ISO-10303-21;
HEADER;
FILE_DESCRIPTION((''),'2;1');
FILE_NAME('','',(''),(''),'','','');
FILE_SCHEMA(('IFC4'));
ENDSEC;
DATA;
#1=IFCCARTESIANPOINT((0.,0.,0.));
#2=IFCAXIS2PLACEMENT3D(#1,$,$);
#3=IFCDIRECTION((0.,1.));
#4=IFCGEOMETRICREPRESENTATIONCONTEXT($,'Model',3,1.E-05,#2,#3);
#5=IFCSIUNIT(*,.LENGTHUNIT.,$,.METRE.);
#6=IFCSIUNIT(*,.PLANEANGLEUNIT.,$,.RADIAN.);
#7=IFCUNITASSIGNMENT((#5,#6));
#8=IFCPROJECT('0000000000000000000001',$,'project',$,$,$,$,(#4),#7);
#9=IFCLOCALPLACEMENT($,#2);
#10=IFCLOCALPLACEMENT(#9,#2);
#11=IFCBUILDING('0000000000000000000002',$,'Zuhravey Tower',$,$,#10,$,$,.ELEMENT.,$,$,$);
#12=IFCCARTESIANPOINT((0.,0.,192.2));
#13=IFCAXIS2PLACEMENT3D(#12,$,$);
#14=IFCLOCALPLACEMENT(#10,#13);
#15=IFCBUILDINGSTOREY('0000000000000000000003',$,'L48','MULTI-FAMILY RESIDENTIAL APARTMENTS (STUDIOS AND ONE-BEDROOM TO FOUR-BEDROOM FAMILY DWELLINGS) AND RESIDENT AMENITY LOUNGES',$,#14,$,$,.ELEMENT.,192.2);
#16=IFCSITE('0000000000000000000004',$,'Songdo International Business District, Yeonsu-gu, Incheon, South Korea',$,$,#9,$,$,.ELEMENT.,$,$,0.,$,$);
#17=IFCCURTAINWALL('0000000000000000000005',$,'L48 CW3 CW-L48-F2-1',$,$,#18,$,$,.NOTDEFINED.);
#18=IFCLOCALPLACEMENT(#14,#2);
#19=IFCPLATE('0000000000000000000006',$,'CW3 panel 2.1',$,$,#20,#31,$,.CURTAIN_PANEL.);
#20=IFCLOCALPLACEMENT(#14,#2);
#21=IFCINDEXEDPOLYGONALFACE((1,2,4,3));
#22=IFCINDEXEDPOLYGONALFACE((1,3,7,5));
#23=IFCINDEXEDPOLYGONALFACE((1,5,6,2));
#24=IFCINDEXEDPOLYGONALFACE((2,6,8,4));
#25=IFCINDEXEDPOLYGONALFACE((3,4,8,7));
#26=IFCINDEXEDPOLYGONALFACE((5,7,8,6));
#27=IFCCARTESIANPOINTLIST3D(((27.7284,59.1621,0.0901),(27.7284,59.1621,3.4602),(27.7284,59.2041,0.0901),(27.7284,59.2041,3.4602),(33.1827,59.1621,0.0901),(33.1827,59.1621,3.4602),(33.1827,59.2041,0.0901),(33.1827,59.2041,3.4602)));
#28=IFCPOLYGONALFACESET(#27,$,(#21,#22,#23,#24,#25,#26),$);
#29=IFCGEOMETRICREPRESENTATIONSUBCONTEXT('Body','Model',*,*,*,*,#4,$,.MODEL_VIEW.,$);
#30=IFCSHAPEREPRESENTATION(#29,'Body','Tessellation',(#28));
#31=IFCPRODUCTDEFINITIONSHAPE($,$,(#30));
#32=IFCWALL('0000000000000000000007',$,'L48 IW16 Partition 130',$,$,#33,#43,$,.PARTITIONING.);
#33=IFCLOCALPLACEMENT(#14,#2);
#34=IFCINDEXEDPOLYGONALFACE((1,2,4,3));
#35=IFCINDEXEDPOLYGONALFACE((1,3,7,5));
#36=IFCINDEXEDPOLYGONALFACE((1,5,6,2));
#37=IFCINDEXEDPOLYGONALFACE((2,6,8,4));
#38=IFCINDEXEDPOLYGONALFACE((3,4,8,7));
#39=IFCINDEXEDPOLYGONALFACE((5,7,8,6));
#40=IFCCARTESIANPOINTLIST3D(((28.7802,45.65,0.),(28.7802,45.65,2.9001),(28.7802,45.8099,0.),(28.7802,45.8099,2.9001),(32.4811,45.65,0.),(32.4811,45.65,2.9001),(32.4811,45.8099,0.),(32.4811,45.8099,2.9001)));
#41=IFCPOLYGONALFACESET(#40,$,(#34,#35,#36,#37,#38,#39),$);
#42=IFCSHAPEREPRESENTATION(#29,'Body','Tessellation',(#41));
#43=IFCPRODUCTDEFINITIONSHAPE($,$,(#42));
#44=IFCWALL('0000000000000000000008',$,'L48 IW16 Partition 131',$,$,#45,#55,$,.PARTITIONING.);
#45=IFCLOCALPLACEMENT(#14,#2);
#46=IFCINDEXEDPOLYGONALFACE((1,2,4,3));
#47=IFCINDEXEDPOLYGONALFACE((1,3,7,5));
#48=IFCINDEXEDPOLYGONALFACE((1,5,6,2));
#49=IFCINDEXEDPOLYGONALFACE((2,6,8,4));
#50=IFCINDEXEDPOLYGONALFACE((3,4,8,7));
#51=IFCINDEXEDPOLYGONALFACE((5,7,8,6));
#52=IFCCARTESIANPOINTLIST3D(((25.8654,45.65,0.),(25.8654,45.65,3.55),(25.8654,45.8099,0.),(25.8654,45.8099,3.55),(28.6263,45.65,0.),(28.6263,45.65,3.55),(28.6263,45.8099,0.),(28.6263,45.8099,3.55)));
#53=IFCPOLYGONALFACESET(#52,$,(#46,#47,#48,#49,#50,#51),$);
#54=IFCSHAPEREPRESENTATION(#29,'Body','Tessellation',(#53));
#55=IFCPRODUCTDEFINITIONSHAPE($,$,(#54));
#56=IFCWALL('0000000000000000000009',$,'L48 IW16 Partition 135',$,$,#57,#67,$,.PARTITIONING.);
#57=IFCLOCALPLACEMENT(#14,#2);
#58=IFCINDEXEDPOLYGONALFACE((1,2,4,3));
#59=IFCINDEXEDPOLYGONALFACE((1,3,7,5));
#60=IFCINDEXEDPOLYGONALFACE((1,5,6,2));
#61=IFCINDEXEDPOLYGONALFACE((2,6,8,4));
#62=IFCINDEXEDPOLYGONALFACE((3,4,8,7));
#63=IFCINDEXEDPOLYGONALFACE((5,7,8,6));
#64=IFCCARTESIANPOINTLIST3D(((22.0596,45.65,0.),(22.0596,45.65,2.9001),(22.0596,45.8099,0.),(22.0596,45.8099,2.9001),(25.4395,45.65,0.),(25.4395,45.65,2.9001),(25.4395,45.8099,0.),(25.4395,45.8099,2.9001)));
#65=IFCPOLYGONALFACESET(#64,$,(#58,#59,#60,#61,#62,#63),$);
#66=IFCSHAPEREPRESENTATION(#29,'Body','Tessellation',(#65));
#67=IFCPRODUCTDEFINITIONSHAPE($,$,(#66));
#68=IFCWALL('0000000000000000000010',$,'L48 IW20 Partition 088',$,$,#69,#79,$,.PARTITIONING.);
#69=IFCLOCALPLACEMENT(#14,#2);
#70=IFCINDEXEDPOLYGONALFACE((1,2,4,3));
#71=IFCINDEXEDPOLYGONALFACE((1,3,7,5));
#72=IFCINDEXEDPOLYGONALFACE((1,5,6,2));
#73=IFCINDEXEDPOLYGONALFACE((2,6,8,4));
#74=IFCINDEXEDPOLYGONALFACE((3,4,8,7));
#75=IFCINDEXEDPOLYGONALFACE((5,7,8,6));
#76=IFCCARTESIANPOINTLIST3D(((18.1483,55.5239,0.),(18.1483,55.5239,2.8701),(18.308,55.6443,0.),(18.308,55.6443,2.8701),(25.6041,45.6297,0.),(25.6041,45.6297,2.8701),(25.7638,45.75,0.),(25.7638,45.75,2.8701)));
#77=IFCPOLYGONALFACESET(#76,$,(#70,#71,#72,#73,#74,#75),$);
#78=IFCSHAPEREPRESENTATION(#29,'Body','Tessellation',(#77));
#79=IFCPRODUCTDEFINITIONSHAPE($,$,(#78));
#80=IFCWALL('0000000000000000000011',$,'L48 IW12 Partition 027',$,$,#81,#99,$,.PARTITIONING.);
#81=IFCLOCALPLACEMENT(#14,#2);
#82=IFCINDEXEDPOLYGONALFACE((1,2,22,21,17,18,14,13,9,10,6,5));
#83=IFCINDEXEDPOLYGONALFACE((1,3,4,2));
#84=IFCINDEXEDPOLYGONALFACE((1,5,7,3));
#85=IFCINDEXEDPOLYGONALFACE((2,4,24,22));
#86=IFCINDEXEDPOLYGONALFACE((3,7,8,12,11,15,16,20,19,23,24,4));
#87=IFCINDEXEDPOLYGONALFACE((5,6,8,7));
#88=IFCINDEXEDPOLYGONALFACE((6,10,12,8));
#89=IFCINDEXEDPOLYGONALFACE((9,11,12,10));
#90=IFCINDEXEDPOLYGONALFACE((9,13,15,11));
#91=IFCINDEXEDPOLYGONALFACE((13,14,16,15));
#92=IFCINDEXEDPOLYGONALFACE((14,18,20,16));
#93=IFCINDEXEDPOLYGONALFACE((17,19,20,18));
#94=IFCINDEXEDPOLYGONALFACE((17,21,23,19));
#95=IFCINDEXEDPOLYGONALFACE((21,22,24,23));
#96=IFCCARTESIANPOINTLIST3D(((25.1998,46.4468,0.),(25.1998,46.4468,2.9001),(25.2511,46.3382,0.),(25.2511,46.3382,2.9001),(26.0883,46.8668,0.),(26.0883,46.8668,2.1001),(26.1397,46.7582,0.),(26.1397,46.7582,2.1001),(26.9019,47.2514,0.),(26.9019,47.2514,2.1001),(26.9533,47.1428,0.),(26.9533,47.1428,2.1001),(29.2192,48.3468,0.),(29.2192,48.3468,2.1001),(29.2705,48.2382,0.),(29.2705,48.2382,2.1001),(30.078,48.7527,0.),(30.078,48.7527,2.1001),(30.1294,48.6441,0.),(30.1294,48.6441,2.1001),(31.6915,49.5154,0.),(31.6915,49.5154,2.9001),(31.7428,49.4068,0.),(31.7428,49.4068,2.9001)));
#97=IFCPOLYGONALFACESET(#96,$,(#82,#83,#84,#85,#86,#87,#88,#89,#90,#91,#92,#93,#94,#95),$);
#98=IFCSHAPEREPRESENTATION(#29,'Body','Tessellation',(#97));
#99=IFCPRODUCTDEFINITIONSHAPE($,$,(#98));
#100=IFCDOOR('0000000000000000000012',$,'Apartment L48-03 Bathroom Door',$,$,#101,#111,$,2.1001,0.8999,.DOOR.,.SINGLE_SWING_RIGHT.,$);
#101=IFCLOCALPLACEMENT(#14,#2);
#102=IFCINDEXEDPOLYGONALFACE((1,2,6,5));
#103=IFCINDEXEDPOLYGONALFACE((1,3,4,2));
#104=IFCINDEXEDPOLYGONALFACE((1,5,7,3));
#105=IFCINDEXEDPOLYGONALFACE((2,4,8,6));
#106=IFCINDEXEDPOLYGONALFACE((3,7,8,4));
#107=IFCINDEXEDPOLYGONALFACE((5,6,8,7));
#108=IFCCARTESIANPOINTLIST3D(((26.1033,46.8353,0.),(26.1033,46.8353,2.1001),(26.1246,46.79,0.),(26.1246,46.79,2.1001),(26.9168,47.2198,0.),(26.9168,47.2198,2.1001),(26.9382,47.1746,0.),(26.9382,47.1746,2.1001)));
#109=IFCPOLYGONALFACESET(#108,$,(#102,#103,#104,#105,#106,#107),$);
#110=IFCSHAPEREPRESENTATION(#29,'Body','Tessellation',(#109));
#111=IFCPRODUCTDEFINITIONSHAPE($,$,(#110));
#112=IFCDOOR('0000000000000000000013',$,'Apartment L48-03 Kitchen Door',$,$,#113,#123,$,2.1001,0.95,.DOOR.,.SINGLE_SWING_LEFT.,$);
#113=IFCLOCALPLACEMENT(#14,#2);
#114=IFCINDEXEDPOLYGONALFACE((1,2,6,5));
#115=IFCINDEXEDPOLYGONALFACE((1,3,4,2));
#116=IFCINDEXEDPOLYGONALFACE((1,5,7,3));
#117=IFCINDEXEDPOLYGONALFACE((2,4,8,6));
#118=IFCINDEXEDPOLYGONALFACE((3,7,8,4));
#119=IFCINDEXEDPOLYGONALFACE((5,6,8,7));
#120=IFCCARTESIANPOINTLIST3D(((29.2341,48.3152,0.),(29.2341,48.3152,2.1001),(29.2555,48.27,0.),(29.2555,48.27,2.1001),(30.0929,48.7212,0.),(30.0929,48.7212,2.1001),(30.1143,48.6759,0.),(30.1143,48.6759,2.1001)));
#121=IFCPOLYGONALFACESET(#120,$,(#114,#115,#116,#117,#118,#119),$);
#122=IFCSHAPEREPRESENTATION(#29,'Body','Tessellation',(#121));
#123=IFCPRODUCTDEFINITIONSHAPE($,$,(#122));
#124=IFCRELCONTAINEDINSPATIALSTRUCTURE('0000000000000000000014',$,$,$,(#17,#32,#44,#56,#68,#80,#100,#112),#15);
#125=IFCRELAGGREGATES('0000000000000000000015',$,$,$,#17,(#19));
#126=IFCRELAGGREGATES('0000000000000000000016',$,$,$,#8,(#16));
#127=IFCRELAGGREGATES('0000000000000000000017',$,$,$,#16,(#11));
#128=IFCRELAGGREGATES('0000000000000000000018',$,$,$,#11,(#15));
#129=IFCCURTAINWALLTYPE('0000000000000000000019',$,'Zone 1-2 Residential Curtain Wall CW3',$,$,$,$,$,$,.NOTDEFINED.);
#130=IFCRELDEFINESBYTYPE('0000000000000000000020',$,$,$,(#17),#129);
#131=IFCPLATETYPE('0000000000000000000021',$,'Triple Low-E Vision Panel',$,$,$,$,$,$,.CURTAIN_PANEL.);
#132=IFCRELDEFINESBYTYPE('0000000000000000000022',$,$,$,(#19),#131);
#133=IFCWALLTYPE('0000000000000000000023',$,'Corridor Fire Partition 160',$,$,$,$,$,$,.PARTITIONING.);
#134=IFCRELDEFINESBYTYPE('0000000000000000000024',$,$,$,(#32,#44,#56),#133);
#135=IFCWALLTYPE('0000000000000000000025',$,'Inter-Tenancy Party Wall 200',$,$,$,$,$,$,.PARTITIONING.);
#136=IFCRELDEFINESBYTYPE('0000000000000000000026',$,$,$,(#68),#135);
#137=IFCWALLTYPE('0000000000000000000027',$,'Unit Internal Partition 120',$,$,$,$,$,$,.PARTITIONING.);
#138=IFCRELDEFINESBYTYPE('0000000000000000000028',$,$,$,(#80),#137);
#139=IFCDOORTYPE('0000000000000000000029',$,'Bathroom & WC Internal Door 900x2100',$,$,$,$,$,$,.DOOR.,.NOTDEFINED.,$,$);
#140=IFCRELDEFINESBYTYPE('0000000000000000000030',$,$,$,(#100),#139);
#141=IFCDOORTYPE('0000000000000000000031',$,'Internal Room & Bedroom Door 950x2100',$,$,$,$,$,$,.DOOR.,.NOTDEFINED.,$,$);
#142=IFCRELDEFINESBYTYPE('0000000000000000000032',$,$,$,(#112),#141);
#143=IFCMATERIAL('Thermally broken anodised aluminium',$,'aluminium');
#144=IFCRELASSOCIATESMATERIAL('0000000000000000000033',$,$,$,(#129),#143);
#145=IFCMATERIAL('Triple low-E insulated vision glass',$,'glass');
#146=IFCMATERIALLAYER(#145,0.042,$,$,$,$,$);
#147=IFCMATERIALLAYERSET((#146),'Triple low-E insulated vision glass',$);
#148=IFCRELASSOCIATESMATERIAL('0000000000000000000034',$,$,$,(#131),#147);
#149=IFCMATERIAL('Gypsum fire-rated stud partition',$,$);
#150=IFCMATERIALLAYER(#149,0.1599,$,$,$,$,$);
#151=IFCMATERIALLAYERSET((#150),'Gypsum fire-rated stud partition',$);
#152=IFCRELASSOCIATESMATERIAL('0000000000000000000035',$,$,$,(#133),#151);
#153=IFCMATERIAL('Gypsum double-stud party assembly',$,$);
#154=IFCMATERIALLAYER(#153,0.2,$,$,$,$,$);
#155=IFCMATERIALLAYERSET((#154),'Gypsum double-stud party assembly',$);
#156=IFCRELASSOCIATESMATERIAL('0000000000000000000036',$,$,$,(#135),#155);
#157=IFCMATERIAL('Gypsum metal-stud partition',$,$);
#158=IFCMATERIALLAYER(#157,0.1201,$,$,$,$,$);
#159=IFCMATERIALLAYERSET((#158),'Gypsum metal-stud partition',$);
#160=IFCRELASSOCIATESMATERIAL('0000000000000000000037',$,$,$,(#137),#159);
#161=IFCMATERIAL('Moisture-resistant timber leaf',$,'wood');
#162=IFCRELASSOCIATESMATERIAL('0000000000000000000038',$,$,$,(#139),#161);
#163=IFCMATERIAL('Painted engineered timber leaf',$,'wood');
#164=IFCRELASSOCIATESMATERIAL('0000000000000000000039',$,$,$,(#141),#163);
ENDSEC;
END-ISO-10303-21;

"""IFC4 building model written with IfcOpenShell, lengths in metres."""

from ifc_helpers import new_model, si_unit, direction, frame, frame_2d, origin, origin_2d, place, context, subcontext, project, spatial, rectangle, extrude, material, layer, layer_set, type_object, element, fill, aggregate, save


model = new_model("IFC4")

# Units and contexts
model_context = context("Model", 3, precision=1e-05, world=origin(), true_north=direction((0.0, 1.0)))
body_context = subcontext(model_context, "Body", "Model", "MODEL_VIEW")
ifc_project = project(units=[si_unit("LENGTHUNIT", "METRE"), si_unit("PLANEANGLEUNIT", "RADIAN")], contexts=[model_context])

# Site, building, storey
site_placement = place(None, origin())
site = spatial("IfcSite", under=ifc_project, at=site_placement, Name="Songdo International Business District, Yeonsu-gu, Incheon, South Korea", CompositionType="ELEMENT", RefElevation=0.0)
building_placement = place(site_placement, origin())
building = spatial("IfcBuilding", under=site, at=building_placement, Name="Zuhravey Tower", CompositionType="ELEMENT")
storey_placement = place(building_placement, frame((0.0, 0.0, 192.2)))
storey = spatial("IfcBuildingStorey", under=building, at=storey_placement, Name="L48", Description="MULTI-FAMILY RESIDENTIAL APARTMENTS (STUDIOS AND ONE-BEDROOM TO FOUR-BEDROOM FAMILY DWELLINGS) AND RESIDENT AMENITY LOUNGES", CompositionType="ELEMENT", Elevation=192.2)

# Curtain wall
ifc_material_1 = material(Name="Thermally broken anodised aluminium", Category="aluminium")
curtain_wall_type = type_object("IfcCurtainWallType", Name="Zone 1-2 Residential Curtain Wall CW3", PredefinedType="NOTDEFINED", material=ifc_material_1)
curtain_wall_placement = place(storey_placement, origin())
curtain_wall = element("IfcCurtainWall", 1, at=curtain_wall_placement, inside=storey, type_object=curtain_wall_type, Name="L48 CW3 CW-L48-F2-1", PredefinedType="NOTDEFINED")

# Plate
ifc_material_2 = material(Name="Triple low-E insulated vision glass", Category="glass")
ifc_layer_1 = layer(ifc_material_2, 0.042)
ifc_layer_set_1 = layer_set([ifc_layer_1], Name="Triple low-E insulated vision glass")
plate_type_1 = type_object("IfcPlateType", Name="Triple Low-E Vision Panel", PredefinedType="CURTAIN_PANEL", material=ifc_layer_set_1)
plate_1_placement = place(storey_placement, frame((30.4556, 59.1831, 0.0901), z_axis=(0.0, 0.0, 1.0), x_axis=(1.0, 0.0, 0.0)))
plate_1 = element("IfcPlate", 2, at=plate_1_placement, type_object=plate_type_1, Name="CW3 panel 2.1", PredefinedType="CURTAIN_PANEL", context=body_context, shape_type="SweptSolid", body=[
    extrude(rectangle(XDim=5.4543, YDim=0.042, at=origin_2d()), origin(), (0.0, 0.0, 1.0), 3.3701),
])
aggregate(curtain_wall, [plate_1])

# Walls
ifc_material_3 = material(Name="Gypsum fire-rated stud partition")
ifc_layer_2 = layer(ifc_material_3, 0.1599)
ifc_layer_set_2 = layer_set([ifc_layer_2], Name="Gypsum fire-rated stud partition")
wall_type_1 = type_object("IfcWallType", Name="Corridor Fire Partition 160", PredefinedType="PARTITIONING", material=ifc_layer_set_2)
wall_1_placement = place(storey_placement, frame((32.4812, 45.73, 0.0), z_axis=(0.0, 0.0, 1.0), x_axis=(-1.0, 0.0, 0.0)))
element("IfcWall", 3, at=wall_1_placement, inside=storey, type_object=wall_type_1, Name="L48 IW16 Partition 130", PredefinedType="PARTITIONING", context=body_context, shape_type="SweptSolid", body=[
    extrude(rectangle(XDim=3.7009, YDim=0.1599, at=frame_2d((1.8506, 0.0))), origin(), (0.0, 0.0, 1.0), 2.9001),
])
wall_2_placement = place(storey_placement, frame((28.6262, 45.73, 0.0), z_axis=(0.0, 0.0, 1.0), x_axis=(-1.0, 0.0, 0.0)))
element("IfcWall", 4, at=wall_2_placement, inside=storey, type_object=wall_type_1, Name="L48 IW16 Partition 131", PredefinedType="PARTITIONING", context=body_context, shape_type="SweptSolid", body=[
    extrude(rectangle(XDim=2.761, YDim=0.1599, at=frame_2d((1.3804, 0.0))), origin(), (0.0, 0.0, 1.0), 3.55),
])
wall_3_placement = place(storey_placement, frame((25.4395, 45.73, 0.0), z_axis=(0.0, 0.0, 1.0), x_axis=(-1.0, 0.0, 0.0)))
element("IfcWall", 5, at=wall_3_placement, inside=storey, type_object=wall_type_1, Name="L48 IW16 Partition 135", PredefinedType="PARTITIONING", context=body_context, shape_type="SweptSolid", body=[
    extrude(rectangle(XDim=3.3799, YDim=0.1599, at=frame_2d((1.6899, 0.0))), origin(), (0.0, 0.0, 1.0), 2.9001),
])
ifc_material_4 = material(Name="Gypsum double-stud party assembly")
ifc_layer_3 = layer(ifc_material_4, 0.2)
ifc_layer_set_3 = layer_set([ifc_layer_3], Name="Gypsum double-stud party assembly")
wall_type_2 = type_object("IfcWallType", Name="Inter-Tenancy Party Wall 200", PredefinedType="PARTITIONING", material=ifc_layer_set_3)
wall_4_placement = place(storey_placement, frame((25.6838, 45.6899, 0.0), z_axis=(0.0, 0.0, 1.0), x_axis=(-0.601811, 0.798638, 0.0)))
element("IfcWall", 6, at=wall_4_placement, inside=storey, type_object=wall_type_2, Name="L48 IW20 Partition 088", PredefinedType="PARTITIONING", context=body_context, shape_type="SweptSolid", body=[
    extrude(rectangle(XDim=12.3889, YDim=0.2, at=frame_2d((6.1943, 0.0))), origin(), (0.0, 0.0, 1.0), 2.8701),
])

# Wall, openings, doors
ifc_material_5 = material(Name="Gypsum metal-stud partition")
ifc_layer_4 = layer(ifc_material_5, 0.1201)
ifc_layer_set_4 = layer_set([ifc_layer_4], Name="Gypsum metal-stud partition")
wall_type_3 = type_object("IfcWallType", Name="Unit Internal Partition 120", PredefinedType="PARTITIONING", material=ifc_layer_set_4)
wall_5_placement = place(storey_placement, frame((31.7173, 49.4612, 0.0), z_axis=(0.0, 0.0, 1.0), x_axis=(-0.904083, -0.427357, 0.0)))
wall_5 = element("IfcWall", 7, at=wall_5_placement, inside=storey, type_object=wall_type_3, Name="L48 IW12 Partition 027", PredefinedType="PARTITIONING", context=body_context, shape_type="SweptSolid", body=[
    extrude(rectangle(XDim=7.1804, YDim=0.1201, at=frame_2d((3.5903, 0.0))), origin(), (0.0, 0.0, 1.0), 2.9001),
])
opening_1_placement = place(wall_5_placement, frame((1.7847, 0.0, 0.0)))
opening_1 = element("IfcOpeningElement", 8, at=opening_1_placement, cuts=wall_5, PredefinedType="OPENING", context=body_context, shape_type="SweptSolid", body=[
    extrude(rectangle(XDim=0.95, YDim=2.1001, at=frame_2d((0.4751, 1.05))), frame((0.0, 0.072, 0.0), z_axis=(0.0, -1.0, 0.0), x_axis=(1.0, 0.0, 0.0)), (0.0, 0.0, 1.0), 0.144),
])
opening_2_placement = place(wall_5_placement, frame((5.2979, 0.0, 0.0)))
opening_2 = element("IfcOpeningElement", 9, at=opening_2_placement, cuts=wall_5, PredefinedType="OPENING", context=body_context, shape_type="SweptSolid", body=[
    extrude(rectangle(XDim=0.8999, YDim=2.1001, at=frame_2d((0.45, 1.05))), frame((0.0, 0.072, 0.0), z_axis=(0.0, -1.0, 0.0), x_axis=(1.0, 0.0, 0.0)), (0.0, 0.0, 1.0), 0.144),
])
ifc_material_6 = material(Name="Moisture-resistant timber leaf", Category="wood")
door_type_1 = type_object("IfcDoorType", Name="Bathroom & WC Internal Door 900x2100", OperationType="NOTDEFINED", PredefinedType="DOOR", material=ifc_material_6)
door_1_placement = place(opening_2_placement, origin())
door_1 = element("IfcDoor", 10, at=door_1_placement, inside=storey, type_object=door_type_1, Name="Apartment L48-03 Bathroom Door", OperationType="SINGLE_SWING_RIGHT", OverallHeight=2.1001, OverallWidth=0.8999, PredefinedType="DOOR", context=body_context, shape_type="SweptSolid", body=[
    extrude(rectangle(XDim=0.8999, YDim=2.1001, at=frame_2d((0.45, 1.05))), frame((0.0, 0.0249, 0.0), z_axis=(0.0, -1.0, 0.0), x_axis=(1.0, 0.0, 0.0)), (0.0, 0.0, 1.0), 0.05),
])
fill(opening_2, door_1)
ifc_material_7 = material(Name="Painted engineered timber leaf", Category="wood")
door_type_2 = type_object("IfcDoorType", Name="Internal Room & Bedroom Door 950x2100", OperationType="NOTDEFINED", PredefinedType="DOOR", material=ifc_material_7)
door_2_placement = place(opening_1_placement, origin())
door_2 = element("IfcDoor", 11, at=door_2_placement, inside=storey, type_object=door_type_2, Name="Apartment L48-03 Kitchen Door", OperationType="SINGLE_SWING_LEFT", OverallHeight=2.1001, OverallWidth=0.95, PredefinedType="DOOR", context=body_context, shape_type="SweptSolid", body=[
    extrude(rectangle(XDim=0.95, YDim=2.1001, at=frame_2d((0.4751, 1.05))), frame((0.0, 0.0249, 0.0), z_axis=(0.0, -1.0, 0.0), x_axis=(1.0, 0.0, 0.0)), (0.0, 0.0, 1.0), 0.05),
])
fill(opening_1, door_2)

save(model, "model.ifc")
